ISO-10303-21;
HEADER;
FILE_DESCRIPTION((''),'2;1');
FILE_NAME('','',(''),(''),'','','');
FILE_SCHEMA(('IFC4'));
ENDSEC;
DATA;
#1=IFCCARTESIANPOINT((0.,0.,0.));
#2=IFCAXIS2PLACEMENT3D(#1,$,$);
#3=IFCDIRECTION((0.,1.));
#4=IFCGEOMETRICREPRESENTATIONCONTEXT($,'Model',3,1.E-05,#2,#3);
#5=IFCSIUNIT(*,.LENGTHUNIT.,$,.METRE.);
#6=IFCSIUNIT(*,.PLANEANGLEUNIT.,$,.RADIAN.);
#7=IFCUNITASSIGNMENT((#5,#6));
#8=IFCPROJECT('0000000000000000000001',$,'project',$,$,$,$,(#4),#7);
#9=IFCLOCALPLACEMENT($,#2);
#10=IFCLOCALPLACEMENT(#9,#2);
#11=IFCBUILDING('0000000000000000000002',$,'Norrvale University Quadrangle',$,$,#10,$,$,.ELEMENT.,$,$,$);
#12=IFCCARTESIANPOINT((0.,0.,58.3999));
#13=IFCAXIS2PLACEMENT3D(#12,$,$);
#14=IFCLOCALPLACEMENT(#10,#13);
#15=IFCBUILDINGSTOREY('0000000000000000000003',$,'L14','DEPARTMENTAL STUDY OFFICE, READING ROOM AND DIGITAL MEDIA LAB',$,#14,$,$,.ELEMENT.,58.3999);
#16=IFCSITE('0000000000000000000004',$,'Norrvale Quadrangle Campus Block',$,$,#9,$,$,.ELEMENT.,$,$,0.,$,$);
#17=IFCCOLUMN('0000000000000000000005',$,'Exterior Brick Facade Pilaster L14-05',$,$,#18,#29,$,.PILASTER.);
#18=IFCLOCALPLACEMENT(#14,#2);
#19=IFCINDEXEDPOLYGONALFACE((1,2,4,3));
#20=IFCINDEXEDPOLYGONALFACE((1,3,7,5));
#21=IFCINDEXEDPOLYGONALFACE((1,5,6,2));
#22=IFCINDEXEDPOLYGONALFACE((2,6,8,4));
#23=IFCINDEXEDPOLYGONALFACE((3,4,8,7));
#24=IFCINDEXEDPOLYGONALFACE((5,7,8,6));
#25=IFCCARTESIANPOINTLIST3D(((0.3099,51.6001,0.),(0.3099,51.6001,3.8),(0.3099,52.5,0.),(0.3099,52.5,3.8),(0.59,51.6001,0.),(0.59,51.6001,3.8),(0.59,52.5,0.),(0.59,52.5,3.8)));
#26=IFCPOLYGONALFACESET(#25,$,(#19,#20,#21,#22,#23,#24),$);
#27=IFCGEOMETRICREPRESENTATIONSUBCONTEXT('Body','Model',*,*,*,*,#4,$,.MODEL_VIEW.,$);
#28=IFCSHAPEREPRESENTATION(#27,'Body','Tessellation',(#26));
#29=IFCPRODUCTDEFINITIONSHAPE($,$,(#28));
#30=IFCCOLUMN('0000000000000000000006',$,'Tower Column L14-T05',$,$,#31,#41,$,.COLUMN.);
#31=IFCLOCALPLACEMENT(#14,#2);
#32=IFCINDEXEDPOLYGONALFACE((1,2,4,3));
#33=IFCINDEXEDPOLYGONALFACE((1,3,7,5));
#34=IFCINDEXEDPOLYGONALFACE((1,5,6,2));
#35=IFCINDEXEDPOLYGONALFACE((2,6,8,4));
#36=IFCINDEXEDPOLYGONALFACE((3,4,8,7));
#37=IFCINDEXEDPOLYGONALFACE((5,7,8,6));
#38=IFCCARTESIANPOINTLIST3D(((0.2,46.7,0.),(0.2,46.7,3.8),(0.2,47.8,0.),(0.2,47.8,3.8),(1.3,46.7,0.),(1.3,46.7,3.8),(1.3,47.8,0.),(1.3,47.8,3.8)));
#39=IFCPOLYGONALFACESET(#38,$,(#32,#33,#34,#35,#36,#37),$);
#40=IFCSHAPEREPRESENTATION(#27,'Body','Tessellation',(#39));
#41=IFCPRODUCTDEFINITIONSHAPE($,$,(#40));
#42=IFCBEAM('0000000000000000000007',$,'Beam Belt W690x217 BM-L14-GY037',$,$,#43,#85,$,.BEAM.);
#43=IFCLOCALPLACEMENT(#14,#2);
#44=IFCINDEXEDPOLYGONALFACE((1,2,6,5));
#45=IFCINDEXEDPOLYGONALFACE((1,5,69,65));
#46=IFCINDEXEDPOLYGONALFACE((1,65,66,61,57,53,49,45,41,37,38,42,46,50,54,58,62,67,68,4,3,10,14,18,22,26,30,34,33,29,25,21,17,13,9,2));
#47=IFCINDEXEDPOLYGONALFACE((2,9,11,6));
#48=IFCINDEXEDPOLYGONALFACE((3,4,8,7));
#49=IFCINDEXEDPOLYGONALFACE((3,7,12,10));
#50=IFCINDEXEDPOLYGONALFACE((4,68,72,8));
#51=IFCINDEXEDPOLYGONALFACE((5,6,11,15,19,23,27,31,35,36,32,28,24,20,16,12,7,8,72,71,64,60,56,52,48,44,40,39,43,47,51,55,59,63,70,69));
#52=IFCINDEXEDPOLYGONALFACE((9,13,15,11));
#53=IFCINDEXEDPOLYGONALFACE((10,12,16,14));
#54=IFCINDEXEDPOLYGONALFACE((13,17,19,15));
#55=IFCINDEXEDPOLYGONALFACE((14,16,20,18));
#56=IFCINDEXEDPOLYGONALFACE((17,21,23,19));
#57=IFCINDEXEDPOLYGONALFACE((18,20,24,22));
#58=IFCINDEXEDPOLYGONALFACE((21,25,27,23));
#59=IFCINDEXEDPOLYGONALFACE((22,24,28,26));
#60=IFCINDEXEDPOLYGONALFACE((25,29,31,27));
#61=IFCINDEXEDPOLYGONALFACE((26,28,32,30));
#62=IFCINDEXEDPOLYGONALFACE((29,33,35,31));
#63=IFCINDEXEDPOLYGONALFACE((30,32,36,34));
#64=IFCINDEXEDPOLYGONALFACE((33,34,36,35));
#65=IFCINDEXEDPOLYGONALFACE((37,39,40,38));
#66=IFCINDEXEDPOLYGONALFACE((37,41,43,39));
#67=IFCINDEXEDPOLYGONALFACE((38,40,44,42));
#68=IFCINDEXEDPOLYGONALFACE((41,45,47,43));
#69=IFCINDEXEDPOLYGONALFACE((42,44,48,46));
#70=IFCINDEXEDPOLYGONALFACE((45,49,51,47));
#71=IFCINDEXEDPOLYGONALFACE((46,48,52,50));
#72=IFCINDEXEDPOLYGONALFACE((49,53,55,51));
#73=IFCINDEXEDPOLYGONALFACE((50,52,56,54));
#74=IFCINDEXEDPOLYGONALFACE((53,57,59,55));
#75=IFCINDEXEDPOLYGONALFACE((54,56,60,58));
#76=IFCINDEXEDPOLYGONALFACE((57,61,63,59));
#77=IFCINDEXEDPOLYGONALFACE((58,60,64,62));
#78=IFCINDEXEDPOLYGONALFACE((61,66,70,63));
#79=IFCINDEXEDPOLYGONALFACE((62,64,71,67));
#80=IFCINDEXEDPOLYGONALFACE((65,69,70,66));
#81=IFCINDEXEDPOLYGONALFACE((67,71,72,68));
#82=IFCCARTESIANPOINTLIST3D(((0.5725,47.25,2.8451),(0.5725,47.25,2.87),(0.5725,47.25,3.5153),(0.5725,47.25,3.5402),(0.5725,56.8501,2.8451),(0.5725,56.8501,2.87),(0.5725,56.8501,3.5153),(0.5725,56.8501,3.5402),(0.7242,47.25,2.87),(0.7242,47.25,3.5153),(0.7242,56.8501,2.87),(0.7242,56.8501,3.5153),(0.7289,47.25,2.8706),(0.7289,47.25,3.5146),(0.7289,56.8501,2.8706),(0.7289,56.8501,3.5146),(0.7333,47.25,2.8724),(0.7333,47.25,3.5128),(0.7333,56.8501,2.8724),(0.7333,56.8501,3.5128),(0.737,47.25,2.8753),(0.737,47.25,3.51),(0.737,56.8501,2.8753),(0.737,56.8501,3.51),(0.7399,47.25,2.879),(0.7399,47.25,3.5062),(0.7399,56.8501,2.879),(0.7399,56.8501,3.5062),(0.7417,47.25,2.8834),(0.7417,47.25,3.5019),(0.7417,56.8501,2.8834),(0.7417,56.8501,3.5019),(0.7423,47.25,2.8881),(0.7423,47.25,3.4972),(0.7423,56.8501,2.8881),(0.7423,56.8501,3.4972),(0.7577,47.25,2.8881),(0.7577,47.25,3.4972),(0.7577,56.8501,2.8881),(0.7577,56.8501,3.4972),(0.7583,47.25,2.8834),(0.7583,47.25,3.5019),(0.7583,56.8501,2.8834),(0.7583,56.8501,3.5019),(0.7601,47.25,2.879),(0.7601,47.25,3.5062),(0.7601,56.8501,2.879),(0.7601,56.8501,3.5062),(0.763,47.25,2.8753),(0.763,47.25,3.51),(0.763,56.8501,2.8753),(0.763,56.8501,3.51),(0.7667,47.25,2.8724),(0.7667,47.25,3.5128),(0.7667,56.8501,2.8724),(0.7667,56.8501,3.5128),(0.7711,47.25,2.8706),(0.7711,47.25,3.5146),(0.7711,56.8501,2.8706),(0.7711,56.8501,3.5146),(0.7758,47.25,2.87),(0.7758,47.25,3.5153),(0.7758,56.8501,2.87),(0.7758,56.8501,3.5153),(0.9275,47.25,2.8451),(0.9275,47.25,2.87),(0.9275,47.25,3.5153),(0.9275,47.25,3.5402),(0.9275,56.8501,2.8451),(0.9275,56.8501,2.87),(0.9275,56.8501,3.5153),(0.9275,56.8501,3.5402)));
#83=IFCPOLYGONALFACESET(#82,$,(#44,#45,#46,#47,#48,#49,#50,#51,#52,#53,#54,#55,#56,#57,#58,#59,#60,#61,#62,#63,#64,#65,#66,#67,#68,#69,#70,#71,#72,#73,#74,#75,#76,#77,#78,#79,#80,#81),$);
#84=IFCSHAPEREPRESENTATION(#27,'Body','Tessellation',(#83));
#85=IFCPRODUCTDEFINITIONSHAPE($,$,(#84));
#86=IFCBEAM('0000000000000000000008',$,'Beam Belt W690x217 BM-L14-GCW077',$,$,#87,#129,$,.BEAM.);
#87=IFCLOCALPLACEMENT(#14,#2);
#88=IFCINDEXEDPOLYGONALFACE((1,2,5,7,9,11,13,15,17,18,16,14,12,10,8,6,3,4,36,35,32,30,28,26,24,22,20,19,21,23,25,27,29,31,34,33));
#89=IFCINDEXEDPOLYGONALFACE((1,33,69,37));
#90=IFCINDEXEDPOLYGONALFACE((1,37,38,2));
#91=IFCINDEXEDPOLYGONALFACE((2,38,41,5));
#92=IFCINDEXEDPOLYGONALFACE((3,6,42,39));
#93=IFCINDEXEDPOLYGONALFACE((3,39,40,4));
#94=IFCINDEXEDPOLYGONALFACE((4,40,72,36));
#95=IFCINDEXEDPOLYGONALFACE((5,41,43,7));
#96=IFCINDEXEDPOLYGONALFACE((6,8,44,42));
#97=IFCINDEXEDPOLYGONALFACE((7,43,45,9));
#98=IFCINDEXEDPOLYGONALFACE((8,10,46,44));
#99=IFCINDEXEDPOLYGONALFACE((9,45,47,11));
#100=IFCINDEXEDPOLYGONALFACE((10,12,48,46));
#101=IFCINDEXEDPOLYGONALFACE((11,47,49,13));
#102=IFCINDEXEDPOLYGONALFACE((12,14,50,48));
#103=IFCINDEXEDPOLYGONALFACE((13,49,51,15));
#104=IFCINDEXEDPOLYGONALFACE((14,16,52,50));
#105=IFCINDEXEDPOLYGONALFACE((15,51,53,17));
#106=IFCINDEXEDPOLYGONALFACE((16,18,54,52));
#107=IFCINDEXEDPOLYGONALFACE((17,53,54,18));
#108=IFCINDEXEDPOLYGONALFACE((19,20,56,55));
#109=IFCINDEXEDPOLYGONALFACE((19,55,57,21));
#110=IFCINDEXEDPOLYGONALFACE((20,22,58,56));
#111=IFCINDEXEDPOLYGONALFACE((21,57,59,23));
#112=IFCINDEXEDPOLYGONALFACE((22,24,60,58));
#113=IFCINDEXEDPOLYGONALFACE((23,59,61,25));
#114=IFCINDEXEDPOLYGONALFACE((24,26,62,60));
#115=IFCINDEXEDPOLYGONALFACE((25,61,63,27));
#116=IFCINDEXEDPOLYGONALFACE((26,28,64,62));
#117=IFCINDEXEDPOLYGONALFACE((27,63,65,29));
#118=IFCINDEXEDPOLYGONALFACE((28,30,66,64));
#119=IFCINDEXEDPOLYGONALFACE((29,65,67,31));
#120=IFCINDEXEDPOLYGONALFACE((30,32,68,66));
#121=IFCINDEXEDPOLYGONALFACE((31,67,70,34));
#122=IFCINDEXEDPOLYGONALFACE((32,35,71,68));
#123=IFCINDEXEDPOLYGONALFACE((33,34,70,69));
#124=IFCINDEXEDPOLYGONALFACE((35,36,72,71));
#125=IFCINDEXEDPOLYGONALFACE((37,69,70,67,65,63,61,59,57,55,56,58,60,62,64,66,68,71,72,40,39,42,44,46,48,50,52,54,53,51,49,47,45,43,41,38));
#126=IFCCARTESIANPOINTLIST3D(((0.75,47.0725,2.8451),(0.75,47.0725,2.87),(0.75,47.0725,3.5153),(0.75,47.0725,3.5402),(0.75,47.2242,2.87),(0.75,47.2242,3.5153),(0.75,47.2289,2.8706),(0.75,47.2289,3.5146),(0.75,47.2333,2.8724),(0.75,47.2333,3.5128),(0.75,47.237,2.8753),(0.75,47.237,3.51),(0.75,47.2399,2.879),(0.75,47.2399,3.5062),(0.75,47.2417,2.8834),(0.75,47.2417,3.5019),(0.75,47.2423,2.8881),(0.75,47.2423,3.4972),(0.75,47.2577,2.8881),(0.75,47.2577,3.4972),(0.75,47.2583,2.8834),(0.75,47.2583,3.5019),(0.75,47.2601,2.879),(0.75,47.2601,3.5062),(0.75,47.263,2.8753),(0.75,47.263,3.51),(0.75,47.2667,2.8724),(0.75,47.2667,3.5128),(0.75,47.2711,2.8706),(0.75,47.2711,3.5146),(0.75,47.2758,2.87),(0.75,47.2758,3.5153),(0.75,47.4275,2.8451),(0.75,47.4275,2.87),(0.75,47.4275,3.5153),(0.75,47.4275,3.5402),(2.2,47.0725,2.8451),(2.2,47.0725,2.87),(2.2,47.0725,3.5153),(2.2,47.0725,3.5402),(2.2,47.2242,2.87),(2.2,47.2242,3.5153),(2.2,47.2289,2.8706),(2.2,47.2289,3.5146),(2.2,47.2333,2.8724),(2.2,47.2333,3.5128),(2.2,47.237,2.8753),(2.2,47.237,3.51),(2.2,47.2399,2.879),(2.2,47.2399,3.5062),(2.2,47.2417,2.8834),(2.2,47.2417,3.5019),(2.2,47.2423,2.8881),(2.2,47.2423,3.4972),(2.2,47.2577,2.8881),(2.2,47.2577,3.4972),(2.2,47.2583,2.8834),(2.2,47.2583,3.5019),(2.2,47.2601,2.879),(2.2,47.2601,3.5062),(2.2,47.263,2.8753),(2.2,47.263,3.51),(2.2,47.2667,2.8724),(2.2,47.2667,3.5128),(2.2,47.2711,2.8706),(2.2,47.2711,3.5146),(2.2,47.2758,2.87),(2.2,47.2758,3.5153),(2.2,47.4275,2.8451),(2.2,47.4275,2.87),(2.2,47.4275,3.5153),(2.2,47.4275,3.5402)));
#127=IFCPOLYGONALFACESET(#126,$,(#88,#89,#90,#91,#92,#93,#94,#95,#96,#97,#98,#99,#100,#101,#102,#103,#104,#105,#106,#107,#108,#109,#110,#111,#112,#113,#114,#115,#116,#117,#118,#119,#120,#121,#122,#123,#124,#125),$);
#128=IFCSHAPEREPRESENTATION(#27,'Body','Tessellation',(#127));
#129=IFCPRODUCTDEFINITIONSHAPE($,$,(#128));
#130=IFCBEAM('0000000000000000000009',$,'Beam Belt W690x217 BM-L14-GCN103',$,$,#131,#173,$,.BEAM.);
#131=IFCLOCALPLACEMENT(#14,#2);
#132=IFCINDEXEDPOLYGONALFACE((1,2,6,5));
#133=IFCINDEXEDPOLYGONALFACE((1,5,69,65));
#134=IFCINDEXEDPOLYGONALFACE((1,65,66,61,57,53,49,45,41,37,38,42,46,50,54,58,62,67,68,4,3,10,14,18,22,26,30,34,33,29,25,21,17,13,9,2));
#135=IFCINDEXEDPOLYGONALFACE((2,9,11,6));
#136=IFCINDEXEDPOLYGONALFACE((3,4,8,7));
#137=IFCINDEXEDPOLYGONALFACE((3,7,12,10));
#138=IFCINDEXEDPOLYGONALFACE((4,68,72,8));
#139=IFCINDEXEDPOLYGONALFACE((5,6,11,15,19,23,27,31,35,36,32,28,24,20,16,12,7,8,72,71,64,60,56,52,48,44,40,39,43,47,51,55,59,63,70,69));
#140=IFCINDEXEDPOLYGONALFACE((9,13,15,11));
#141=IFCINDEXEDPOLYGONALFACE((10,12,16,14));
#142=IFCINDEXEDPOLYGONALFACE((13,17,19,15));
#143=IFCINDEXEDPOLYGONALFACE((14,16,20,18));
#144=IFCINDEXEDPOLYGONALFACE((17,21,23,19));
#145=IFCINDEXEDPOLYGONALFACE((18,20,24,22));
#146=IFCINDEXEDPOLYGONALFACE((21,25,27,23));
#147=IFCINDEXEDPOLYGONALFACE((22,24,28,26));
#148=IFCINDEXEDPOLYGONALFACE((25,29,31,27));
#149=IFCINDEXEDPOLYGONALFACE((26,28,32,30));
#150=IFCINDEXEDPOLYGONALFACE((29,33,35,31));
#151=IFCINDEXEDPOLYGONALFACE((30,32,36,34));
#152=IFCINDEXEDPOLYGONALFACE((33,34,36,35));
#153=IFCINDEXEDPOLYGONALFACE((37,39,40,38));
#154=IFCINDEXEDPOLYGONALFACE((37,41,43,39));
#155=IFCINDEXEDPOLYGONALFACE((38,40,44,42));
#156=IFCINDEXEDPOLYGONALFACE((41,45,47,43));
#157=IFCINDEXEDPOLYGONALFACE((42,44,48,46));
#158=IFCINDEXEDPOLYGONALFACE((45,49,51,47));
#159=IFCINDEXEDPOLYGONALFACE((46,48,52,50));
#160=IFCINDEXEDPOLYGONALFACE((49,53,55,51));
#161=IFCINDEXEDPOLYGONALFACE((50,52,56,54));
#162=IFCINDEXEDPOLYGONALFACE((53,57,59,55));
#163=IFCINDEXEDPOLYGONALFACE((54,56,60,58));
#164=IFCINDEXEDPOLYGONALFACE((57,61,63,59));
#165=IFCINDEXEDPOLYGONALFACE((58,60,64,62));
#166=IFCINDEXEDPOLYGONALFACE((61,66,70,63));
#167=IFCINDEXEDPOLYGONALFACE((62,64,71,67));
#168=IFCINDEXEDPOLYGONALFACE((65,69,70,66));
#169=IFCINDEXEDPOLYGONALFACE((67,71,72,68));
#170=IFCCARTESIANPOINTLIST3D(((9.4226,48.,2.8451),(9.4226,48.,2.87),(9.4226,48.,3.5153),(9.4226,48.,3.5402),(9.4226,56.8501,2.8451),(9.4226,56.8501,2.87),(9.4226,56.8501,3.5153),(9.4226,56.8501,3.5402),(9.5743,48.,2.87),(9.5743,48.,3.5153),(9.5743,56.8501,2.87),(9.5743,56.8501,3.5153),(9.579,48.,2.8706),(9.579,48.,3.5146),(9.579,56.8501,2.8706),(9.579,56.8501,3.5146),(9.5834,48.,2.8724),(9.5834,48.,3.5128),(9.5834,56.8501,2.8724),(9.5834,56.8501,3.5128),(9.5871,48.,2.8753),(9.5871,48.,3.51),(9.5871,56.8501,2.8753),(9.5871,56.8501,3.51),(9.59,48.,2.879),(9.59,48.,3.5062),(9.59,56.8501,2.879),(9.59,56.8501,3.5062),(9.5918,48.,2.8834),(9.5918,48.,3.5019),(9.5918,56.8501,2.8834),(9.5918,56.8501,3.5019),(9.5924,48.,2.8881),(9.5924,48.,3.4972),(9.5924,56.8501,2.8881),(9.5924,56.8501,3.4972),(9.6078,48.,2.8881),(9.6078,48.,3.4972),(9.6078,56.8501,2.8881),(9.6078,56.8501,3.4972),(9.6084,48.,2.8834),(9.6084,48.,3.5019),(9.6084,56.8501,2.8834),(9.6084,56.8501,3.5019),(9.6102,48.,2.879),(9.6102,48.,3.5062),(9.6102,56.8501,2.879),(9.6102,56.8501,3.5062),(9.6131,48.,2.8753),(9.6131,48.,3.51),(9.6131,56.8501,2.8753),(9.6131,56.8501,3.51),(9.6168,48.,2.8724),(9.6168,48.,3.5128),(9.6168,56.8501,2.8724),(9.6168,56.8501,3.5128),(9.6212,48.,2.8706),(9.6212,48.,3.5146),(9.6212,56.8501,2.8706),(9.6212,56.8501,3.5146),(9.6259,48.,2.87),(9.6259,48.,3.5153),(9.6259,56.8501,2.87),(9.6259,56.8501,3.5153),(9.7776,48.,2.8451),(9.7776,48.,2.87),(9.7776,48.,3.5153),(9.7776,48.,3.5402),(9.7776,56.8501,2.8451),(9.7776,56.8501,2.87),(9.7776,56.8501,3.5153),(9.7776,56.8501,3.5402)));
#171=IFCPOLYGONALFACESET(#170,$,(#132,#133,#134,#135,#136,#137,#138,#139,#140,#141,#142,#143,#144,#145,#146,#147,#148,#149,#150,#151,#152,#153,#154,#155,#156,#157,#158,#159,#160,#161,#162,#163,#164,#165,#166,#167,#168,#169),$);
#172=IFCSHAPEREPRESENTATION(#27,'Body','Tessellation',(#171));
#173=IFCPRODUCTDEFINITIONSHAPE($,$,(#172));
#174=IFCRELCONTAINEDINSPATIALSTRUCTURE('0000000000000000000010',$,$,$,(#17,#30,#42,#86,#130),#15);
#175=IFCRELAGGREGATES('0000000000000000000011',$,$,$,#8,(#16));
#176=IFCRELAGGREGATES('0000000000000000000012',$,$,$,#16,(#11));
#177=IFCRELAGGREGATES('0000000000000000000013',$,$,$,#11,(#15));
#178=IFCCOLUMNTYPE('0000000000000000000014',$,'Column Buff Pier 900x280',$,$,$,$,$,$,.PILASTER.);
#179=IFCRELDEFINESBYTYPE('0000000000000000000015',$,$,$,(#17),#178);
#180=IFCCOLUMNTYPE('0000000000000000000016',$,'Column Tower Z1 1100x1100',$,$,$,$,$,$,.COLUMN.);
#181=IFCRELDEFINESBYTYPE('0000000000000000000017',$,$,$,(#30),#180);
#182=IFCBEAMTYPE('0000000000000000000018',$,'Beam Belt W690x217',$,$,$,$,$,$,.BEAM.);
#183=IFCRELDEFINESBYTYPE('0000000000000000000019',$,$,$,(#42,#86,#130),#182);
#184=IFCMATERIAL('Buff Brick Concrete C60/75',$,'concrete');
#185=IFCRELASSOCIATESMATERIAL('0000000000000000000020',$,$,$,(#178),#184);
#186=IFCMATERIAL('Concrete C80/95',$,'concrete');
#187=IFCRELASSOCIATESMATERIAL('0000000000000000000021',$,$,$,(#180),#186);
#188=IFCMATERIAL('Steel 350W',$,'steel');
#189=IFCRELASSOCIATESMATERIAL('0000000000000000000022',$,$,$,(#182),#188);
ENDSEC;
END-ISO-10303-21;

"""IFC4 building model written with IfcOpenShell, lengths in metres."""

from ifc_helpers import new_model, si_unit, direction, frame, origin, origin_2d, place, context, subcontext, project, spatial, rectangle, i_section, extrude, material, material_profile, profile_set, type_object, element, save


model = new_model("IFC4")

# Units and contexts
model_context = context("Model", 3, precision=1e-05, world=origin(), true_north=direction((0.0, 1.0)))
body_context = subcontext(model_context, "Body", "Model", "MODEL_VIEW")
ifc_project = project(units=[si_unit("LENGTHUNIT", "METRE"), si_unit("PLANEANGLEUNIT", "RADIAN")], contexts=[model_context])

# Site, building, storey
site_placement = place(None, origin())
site = spatial("IfcSite", under=ifc_project, at=site_placement, Name="Norrvale Quadrangle Campus Block", CompositionType="ELEMENT", RefElevation=0.0)
building_placement = place(site_placement, origin())
building = spatial("IfcBuilding", under=site, at=building_placement, Name="Norrvale University Quadrangle", CompositionType="ELEMENT")
storey_placement = place(building_placement, frame((0.0, 0.0, 58.3999)))
storey = spatial("IfcBuildingStorey", under=building, at=storey_placement, Name="L14", Description="DEPARTMENTAL STUDY OFFICE, READING ROOM AND DIGITAL MEDIA LAB", CompositionType="ELEMENT", Elevation=58.3999)

# Columns
ifc_material_1 = material(Name="Buff Brick Concrete C60/75", Category="concrete")
ifc_material_profile_1 = material_profile(ifc_material_1, rectangle(XDim=0.8999, YDim=0.28, at=origin_2d()), Name="Buff Brick Concrete C60/75")
ifc_profile_set_1 = profile_set([ifc_material_profile_1], Name="Buff Brick Concrete C60/75")
column_type_1 = type_object("IfcColumnType", Name="Column Buff Pier 900x280", PredefinedType="PILASTER", material=ifc_profile_set_1)
column_1_placement = place(storey_placement, frame((0.45, 52.05, 0.0), z_axis=(0.0, 0.0, 1.0), x_axis=(0.0, 1.0, 0.0)))
element("IfcColumn", 1, at=column_1_placement, inside=storey, type_object=column_type_1, Name="Exterior Brick Facade Pilaster L14-05", PredefinedType="PILASTER", context=body_context, shape_type="SweptSolid", body=[
    extrude(rectangle(XDim=0.8999, YDim=0.28, at=origin_2d()), origin(), (0.0, 0.0, 1.0), 3.8),
])
ifc_material_2 = material(Name="Concrete C80/95", Category="concrete")
ifc_material_profile_2 = material_profile(ifc_material_2, rectangle(XDim=1.1001, YDim=1.1001, at=origin_2d()), Name="Concrete C80/95")
ifc_profile_set_2 = profile_set([ifc_material_profile_2], Name="Concrete C80/95")
column_type_2 = type_object("IfcColumnType", Name="Column Tower Z1 1100x1100", PredefinedType="COLUMN", material=ifc_profile_set_2)
column_2_placement = place(storey_placement, frame((0.75, 47.25, 0.0), z_axis=(0.0, 0.0, 1.0), x_axis=(1.0, 0.0, 0.0)))
element("IfcColumn", 2, at=column_2_placement, inside=storey, type_object=column_type_2, Name="Tower Column L14-T05", PredefinedType="COLUMN", context=body_context, shape_type="SweptSolid", body=[
    extrude(rectangle(XDim=1.1001, YDim=1.1001, at=origin_2d()), origin(), (0.0, 0.0, 1.0), 3.8),
])

# Beams
ifc_material_3 = material(Name="Steel 350W", Category="steel")
ifc_material_profile_3 = material_profile(ifc_material_3, i_section(OverallWidth=0.355, OverallDepth=0.6951, WebThickness=0.0154, FlangeThickness=0.0249, FilletRadius=0.0181, at=origin_2d()), Name="Steel 350W")
ifc_profile_set_3 = profile_set([ifc_material_profile_3], Name="Steel 350W")
beam_type_1 = type_object("IfcBeamType", Name="Beam Belt W690x217", PredefinedType="BEAM", material=ifc_profile_set_3)
beam_1_placement = place(storey_placement, frame((0.75, 47.25, 3.1926), z_axis=(0.0, 1.0, 0.0), x_axis=(-1.0, 0.0, 0.0)))
element("IfcBeam", 3, at=beam_1_placement, inside=storey, type_object=beam_type_1, Name="Beam Belt W690x217 BM-L14-GY037", PredefinedType="BEAM", context=body_context, shape_type="SweptSolid", body=[
    extrude(i_section(OverallWidth=0.355, OverallDepth=0.6951, WebThickness=0.0154, FlangeThickness=0.0249, FilletRadius=0.0181, at=origin_2d()), origin(), (0.0, 0.0, 1.0), 9.6001),
])
beam_2_placement = place(storey_placement, frame((0.75, 47.25, 3.1926), z_axis=(1.0, 0.0, 0.0), x_axis=(0.0, 1.0, 0.0)))
element("IfcBeam", 4, at=beam_2_placement, inside=storey, type_object=beam_type_1, Name="Beam Belt W690x217 BM-L14-GCW077", PredefinedType="BEAM", context=body_context, shape_type="SweptSolid", body=[
    extrude(i_section(OverallWidth=0.355, OverallDepth=0.6951, WebThickness=0.0154, FlangeThickness=0.0249, FilletRadius=0.0181, at=origin_2d()), origin(), (0.0, 0.0, 1.0), 1.45),
])
beam_3_placement = place(storey_placement, frame((9.6001, 48.0, 3.1926), z_axis=(0.0, 1.0, 0.0), x_axis=(-1.0, 0.0, 0.0)))
element("IfcBeam", 5, at=beam_3_placement, inside=storey, type_object=beam_type_1, Name="Beam Belt W690x217 BM-L14-GCN103", PredefinedType="BEAM", context=body_context, shape_type="SweptSolid", body=[
    extrude(i_section(OverallWidth=0.355, OverallDepth=0.6951, WebThickness=0.0154, FlangeThickness=0.0249, FilletRadius=0.0181, at=origin_2d()), origin(), (0.0, 0.0, 1.0), 8.8501),
])

save(model, "model.ifc")
